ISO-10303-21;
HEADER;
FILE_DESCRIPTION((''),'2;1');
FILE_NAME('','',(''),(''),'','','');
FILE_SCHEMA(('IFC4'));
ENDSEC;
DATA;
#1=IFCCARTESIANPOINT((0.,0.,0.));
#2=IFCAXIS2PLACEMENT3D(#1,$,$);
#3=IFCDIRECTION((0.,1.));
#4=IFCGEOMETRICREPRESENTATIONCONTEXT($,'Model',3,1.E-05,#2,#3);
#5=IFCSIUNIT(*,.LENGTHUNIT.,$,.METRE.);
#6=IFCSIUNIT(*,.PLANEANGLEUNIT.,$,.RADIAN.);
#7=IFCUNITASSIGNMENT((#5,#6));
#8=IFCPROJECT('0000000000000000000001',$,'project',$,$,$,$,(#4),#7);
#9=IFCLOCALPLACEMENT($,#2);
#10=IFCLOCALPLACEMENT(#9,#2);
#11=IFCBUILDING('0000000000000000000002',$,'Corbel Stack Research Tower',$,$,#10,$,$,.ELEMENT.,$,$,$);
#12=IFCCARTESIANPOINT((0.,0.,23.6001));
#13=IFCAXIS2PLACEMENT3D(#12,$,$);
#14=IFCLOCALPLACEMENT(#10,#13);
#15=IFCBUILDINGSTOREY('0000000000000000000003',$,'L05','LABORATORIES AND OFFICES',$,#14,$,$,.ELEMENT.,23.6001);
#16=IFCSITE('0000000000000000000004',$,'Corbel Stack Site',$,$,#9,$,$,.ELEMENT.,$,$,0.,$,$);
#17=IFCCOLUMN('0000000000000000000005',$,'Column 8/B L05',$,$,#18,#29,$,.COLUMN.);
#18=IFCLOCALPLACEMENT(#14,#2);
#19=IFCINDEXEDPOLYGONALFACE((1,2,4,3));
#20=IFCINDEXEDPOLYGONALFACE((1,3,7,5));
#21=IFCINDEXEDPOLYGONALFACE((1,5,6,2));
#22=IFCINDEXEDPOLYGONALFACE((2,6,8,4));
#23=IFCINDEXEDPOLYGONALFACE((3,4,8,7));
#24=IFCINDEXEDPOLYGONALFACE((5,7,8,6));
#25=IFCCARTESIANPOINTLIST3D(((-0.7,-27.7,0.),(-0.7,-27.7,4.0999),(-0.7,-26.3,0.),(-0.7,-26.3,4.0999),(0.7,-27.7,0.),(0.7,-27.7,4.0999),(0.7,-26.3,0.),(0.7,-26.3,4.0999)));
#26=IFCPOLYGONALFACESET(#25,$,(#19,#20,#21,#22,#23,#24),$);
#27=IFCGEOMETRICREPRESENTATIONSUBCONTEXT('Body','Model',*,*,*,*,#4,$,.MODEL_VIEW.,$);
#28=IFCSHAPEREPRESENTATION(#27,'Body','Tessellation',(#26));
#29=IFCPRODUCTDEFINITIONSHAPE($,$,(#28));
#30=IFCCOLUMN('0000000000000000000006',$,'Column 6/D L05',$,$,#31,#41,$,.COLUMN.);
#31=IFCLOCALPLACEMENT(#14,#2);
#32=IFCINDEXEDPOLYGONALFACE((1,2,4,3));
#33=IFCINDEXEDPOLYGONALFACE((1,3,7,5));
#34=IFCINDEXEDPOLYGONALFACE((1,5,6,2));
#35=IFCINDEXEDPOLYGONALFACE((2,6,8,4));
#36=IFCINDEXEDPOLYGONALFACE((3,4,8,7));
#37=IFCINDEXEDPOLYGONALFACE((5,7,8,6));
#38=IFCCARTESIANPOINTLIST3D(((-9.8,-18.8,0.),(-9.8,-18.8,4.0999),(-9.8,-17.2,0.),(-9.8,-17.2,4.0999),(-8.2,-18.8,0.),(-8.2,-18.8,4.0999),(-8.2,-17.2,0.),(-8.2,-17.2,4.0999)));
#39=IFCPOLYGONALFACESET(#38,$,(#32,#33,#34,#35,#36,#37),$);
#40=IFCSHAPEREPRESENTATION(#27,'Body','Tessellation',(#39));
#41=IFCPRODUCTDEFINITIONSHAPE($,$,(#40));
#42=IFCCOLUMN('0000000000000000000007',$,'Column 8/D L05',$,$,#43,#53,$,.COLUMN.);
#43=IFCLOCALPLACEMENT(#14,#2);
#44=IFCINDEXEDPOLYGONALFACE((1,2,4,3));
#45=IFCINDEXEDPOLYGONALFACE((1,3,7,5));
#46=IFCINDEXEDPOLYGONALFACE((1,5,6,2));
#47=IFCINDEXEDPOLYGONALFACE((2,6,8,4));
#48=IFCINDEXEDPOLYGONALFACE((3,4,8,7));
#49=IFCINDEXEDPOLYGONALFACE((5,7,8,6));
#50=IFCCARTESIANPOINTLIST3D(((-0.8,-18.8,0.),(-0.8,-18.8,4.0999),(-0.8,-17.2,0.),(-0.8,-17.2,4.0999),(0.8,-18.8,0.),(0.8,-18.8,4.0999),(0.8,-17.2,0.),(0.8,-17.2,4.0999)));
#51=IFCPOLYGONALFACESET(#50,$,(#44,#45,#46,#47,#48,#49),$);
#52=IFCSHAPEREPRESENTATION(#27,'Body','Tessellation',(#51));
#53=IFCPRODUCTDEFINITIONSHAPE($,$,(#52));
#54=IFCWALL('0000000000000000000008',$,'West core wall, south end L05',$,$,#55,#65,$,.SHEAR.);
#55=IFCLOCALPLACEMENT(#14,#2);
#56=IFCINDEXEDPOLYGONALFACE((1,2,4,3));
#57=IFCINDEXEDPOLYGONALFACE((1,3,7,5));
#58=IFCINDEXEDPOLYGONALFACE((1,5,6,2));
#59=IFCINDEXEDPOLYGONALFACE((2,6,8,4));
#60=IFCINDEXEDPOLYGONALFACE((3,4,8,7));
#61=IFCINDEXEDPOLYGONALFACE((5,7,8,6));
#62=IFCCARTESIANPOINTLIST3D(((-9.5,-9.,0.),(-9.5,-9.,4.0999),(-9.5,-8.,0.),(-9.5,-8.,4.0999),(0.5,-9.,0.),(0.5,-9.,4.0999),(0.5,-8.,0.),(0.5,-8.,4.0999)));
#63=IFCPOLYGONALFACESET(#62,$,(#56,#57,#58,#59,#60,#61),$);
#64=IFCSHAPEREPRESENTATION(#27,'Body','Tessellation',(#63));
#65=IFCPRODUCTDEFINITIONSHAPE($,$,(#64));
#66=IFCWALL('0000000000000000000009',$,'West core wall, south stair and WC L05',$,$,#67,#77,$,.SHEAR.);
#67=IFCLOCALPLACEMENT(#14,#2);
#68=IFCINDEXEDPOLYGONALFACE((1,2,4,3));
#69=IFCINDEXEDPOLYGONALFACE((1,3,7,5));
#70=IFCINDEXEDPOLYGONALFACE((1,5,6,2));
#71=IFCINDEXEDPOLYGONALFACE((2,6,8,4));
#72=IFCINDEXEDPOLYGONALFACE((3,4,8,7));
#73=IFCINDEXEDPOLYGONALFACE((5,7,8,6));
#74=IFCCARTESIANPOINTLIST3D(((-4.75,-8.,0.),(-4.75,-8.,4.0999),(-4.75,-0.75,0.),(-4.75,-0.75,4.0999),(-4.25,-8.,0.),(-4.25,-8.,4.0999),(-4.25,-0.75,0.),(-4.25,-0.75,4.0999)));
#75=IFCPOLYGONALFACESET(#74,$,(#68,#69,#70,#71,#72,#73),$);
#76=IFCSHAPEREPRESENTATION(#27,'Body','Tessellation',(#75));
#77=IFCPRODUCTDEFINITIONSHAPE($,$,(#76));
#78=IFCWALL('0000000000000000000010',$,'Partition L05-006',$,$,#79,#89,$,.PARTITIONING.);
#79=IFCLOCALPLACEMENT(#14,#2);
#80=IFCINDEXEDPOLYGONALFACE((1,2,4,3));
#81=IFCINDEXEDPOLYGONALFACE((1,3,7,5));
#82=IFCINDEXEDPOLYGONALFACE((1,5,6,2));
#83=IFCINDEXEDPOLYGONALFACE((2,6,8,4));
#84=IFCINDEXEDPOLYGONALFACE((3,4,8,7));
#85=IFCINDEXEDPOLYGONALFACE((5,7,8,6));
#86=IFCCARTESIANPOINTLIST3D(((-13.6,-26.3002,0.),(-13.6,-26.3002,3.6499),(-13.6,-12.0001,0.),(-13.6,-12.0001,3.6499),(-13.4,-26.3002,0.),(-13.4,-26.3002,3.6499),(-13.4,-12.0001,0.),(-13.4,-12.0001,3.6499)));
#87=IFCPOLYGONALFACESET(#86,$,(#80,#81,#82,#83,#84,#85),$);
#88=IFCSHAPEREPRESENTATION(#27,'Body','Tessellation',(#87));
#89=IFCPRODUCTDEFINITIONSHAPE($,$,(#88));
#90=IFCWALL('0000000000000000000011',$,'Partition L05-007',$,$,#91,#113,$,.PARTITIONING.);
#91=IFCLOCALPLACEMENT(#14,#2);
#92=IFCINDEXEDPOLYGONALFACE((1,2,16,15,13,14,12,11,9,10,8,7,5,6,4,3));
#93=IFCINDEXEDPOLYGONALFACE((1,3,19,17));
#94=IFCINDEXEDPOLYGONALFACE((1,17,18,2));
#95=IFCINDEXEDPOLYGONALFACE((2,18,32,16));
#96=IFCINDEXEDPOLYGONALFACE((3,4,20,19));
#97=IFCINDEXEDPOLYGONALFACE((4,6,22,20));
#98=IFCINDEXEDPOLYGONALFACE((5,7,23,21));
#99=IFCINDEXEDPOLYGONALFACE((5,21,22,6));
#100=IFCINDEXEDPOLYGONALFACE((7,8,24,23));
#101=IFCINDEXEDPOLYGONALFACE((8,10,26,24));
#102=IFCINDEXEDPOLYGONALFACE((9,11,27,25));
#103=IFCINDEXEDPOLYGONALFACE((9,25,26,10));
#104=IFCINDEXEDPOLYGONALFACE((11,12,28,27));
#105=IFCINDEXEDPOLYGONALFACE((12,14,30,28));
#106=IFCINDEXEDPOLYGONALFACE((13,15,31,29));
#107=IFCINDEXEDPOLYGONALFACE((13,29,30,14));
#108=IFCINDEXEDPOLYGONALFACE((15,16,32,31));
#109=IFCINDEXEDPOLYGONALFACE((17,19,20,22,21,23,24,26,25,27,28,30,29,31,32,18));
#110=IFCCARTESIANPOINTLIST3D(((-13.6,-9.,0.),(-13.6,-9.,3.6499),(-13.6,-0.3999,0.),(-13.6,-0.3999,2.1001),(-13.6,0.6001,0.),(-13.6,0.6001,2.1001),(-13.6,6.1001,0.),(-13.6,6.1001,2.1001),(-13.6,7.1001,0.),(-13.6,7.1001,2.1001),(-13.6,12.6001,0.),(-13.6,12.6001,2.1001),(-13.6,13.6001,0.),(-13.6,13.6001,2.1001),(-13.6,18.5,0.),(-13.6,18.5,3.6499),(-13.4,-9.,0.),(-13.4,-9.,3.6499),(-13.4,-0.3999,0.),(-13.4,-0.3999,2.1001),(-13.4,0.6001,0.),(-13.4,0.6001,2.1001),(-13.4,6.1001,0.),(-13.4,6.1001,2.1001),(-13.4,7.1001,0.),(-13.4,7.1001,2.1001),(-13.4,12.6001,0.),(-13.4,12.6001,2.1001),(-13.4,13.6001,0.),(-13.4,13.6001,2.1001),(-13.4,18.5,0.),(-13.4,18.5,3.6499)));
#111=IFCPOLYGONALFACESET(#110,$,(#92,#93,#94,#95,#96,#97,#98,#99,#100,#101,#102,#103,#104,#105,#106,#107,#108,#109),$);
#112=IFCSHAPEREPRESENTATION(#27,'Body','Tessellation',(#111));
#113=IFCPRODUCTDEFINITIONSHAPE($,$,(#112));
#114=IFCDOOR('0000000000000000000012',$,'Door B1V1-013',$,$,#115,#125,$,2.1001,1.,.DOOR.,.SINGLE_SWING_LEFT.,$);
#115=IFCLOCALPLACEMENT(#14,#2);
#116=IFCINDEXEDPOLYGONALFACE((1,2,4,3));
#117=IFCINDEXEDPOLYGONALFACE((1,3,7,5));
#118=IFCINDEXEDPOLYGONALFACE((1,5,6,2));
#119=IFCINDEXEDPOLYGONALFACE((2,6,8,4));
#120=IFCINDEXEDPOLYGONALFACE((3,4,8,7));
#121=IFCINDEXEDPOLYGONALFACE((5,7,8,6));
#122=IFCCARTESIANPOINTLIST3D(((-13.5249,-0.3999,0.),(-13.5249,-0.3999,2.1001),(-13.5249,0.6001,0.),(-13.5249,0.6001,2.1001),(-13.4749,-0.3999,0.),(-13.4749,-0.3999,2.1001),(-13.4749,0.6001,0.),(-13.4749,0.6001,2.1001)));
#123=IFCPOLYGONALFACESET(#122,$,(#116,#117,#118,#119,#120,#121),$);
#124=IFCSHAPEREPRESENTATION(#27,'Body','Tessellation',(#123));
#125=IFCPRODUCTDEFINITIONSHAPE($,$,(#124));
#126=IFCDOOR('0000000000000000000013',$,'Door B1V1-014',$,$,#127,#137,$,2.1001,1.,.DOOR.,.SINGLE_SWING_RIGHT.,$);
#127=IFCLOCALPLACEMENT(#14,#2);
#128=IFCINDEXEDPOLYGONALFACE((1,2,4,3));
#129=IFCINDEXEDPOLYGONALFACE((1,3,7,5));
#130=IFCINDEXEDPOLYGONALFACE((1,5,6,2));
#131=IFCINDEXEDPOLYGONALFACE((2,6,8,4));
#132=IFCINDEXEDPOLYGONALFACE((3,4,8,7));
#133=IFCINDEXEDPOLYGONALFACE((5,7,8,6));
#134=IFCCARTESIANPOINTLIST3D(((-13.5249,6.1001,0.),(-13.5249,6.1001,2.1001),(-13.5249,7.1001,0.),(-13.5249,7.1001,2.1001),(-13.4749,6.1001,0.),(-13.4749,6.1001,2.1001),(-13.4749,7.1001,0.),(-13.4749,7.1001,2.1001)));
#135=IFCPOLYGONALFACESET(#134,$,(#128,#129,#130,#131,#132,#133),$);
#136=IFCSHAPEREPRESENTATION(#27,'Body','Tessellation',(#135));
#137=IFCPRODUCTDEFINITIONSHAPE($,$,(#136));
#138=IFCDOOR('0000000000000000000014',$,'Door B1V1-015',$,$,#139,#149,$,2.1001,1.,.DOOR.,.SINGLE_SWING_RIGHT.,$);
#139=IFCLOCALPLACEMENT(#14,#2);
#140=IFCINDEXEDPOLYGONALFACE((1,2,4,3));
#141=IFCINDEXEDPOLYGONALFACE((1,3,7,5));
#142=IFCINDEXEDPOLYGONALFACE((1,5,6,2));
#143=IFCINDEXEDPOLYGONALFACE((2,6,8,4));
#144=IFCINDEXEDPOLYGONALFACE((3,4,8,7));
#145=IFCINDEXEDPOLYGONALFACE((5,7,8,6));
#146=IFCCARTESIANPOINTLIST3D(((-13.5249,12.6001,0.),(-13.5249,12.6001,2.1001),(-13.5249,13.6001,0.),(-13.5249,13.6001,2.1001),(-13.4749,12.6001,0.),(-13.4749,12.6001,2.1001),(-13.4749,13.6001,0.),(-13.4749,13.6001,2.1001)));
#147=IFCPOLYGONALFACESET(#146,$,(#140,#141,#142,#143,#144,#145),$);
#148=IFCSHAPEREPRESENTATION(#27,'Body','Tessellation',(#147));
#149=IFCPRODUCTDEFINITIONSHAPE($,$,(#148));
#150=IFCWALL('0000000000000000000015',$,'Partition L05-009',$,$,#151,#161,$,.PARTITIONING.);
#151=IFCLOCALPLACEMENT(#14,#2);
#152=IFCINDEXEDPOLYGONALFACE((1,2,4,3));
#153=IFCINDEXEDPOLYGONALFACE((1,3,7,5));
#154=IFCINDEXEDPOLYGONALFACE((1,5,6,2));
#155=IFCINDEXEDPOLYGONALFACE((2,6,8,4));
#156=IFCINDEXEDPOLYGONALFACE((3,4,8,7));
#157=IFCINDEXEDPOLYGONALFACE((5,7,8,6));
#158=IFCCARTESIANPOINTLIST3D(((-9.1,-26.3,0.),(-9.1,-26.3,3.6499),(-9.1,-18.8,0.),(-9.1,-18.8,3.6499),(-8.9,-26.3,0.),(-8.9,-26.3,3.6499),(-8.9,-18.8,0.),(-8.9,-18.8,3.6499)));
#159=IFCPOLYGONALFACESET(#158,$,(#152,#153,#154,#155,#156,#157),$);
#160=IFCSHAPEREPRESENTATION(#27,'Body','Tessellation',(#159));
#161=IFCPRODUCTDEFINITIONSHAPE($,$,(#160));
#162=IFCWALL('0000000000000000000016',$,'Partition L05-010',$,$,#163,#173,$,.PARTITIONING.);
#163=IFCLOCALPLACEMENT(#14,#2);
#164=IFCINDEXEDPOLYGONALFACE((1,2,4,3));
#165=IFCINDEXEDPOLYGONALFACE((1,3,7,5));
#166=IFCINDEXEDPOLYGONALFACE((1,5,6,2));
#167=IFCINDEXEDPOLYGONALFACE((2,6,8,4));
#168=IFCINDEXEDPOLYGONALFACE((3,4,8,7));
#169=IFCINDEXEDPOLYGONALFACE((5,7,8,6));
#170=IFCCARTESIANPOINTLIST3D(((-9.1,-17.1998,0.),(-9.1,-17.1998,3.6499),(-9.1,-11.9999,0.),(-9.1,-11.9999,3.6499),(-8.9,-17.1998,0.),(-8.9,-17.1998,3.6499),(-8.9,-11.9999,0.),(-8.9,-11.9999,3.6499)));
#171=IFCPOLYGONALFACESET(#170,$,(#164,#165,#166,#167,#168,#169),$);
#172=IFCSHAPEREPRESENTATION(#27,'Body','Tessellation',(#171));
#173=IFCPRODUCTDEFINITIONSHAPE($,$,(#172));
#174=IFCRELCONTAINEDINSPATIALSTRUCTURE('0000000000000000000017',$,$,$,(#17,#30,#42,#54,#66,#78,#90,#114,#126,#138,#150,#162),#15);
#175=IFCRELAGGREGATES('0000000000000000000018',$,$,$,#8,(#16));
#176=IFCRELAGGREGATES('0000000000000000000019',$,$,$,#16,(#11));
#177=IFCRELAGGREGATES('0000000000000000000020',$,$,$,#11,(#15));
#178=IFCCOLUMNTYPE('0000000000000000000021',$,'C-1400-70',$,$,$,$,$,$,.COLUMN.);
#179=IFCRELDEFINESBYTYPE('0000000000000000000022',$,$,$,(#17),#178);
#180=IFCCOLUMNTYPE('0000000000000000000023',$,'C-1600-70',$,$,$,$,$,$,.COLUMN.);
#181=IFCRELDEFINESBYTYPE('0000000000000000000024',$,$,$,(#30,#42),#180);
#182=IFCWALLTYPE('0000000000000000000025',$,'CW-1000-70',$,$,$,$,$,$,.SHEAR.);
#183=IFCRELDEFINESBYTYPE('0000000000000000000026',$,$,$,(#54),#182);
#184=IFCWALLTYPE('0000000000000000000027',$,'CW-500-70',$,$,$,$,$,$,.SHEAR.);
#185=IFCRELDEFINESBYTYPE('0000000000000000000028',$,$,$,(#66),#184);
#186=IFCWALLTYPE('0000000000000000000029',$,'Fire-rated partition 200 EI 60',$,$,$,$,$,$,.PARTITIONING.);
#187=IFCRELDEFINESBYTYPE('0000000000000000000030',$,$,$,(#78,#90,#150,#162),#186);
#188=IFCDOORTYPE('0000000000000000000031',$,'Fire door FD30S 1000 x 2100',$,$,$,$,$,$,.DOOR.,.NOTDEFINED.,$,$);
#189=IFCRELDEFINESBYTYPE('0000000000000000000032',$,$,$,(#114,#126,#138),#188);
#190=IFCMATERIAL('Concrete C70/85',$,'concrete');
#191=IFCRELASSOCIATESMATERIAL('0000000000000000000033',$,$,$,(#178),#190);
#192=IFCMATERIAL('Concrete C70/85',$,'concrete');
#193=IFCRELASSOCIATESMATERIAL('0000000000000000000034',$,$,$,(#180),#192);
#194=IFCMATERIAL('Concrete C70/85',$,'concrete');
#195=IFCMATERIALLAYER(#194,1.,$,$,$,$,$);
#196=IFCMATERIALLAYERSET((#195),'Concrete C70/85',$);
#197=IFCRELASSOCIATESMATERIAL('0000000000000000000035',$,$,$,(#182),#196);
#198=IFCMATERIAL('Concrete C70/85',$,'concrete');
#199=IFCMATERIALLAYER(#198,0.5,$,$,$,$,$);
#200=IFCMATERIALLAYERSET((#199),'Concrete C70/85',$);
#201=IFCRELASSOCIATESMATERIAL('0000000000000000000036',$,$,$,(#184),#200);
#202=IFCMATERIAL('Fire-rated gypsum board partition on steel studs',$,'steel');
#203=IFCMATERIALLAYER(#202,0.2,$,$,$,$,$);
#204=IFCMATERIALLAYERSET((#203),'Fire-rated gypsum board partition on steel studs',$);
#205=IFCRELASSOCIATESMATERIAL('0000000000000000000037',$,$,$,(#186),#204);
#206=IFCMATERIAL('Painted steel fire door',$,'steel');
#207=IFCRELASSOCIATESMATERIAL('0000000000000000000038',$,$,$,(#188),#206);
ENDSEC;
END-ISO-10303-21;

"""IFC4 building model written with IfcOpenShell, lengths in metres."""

from ifc_helpers import new_model, si_unit, direction, frame, frame_2d, origin, origin_2d, place, context, subcontext, project, spatial, rectangle, extrude, material, layer, layer_set, material_profile, profile_set, type_object, element, fill, save


model = new_model("IFC4")

# Units and contexts
model_context = context("Model", 3, precision=1e-05, world=origin(), true_north=direction((0.0, 1.0)))
body_context = subcontext(model_context, "Body", "Model", "MODEL_VIEW")
ifc_project = project(units=[si_unit("LENGTHUNIT", "METRE"), si_unit("PLANEANGLEUNIT", "RADIAN")], contexts=[model_context])

# Site, building, storey
site_placement = place(None, origin())
site = spatial("IfcSite", under=ifc_project, at=site_placement, Name="Corbel Stack Site", CompositionType="ELEMENT", RefElevation=0.0)
building_placement = place(site_placement, origin())
building = spatial("IfcBuilding", under=site, at=building_placement, Name="Corbel Stack Research Tower", CompositionType="ELEMENT")
storey_placement = place(building_placement, frame((0.0, 0.0, 23.6001)))
storey = spatial("IfcBuildingStorey", under=building, at=storey_placement, Name="L05", Description="LABORATORIES AND OFFICES", CompositionType="ELEMENT", Elevation=23.6001)

# Columns
ifc_material_1 = material(Name="Concrete C70/85", Category="concrete")
ifc_material_profile_1 = material_profile(ifc_material_1, rectangle(XDim=1.3999, YDim=1.3999, at=origin_2d()), Name="RC 1400 x 1400")
ifc_profile_set_1 = profile_set([ifc_material_profile_1], Name="Concrete C70/85")
column_type_1 = type_object("IfcColumnType", Name="C-1400-70", PredefinedType="COLUMN", material=ifc_profile_set_1)
column_placement = place(storey_placement, frame((0.0, -27.0, 0.0), z_axis=(0.0, 0.0, 1.0), x_axis=(1.0, 0.0, 0.0)))
element("IfcColumn", 1, at=column_placement, inside=storey, type_object=column_type_1, Name="Column 8/B L05", PredefinedType="COLUMN", context=body_context, shape_type="SweptSolid", body=[
    extrude(rectangle(XDim=1.3999, YDim=1.3999, at=origin_2d()), origin(), (0.0, 0.0, 1.0), 4.0999),
])
ifc_material_2 = material(Name="Concrete C70/85", Category="concrete")
ifc_material_profile_2 = material_profile(ifc_material_2, rectangle(XDim=1.6001, YDim=1.6001, at=origin_2d()), Name="RC 1600 x 1600")
ifc_profile_set_2 = profile_set([ifc_material_profile_2], Name="Concrete C70/85")
column_type_2 = type_object("IfcColumnType", Name="C-1600-70", PredefinedType="COLUMN", material=ifc_profile_set_2)
for number, where, z_axis, x_axis, name in (
    (2, (-9.0, -18.0, 0.0), (0.0, 0.0, 1.0), (1.0, 0.0, 0.0), "Column 6/D L05"),
    (3, (0.0, -18.0, 0.0), (0.0, 0.0, 1.0), (1.0, 0.0, 0.0), "Column 8/D L05"),
):
    element("IfcColumn", number, at=place(storey_placement, frame(where, z_axis=z_axis, x_axis=x_axis)), inside=storey, type_object=column_type_2, Name=name, PredefinedType="COLUMN", context=body_context, shape_type="SweptSolid", body=[
        extrude(rectangle(XDim=1.6001, YDim=1.6001, at=origin_2d()), origin(), (0.0, 0.0, 1.0), 4.0999),
    ])

# Shared definitions
ifc_material_3 = material(Name="Concrete C70/85", Category="concrete")
ifc_layer_1 = layer(ifc_material_3, 1.0)
ifc_layer_set_1 = layer_set([ifc_layer_1], Name="Concrete C70/85")
wall_type_1 = type_object("IfcWallType", Name="CW-1000-70", PredefinedType="SHEAR", material=ifc_layer_set_1)

# Walls
wall_1_placement = place(storey_placement, frame((-9.5, -8.5, 0.0), z_axis=(0.0, 0.0, 1.0), x_axis=(1.0, 0.0, 0.0)))
element("IfcWall", 4, at=wall_1_placement, inside=storey, type_object=wall_type_1, Name="West core wall, south end L05", PredefinedType="SHEAR", context=body_context, shape_type="SweptSolid", body=[
    extrude(rectangle(XDim=10.0, YDim=1.0, at=frame_2d((5.0, 0.0))), origin(), (0.0, 0.0, 1.0), 4.0999),
])
ifc_material_4 = material(Name="Concrete C70/85", Category="concrete")
ifc_layer_2 = layer(ifc_material_4, 0.5)
ifc_layer_set_2 = layer_set([ifc_layer_2], Name="Concrete C70/85")
wall_type_2 = type_object("IfcWallType", Name="CW-500-70", PredefinedType="SHEAR", material=ifc_layer_set_2)
wall_2_placement = place(storey_placement, frame((-4.5, -8.0, 0.0), z_axis=(0.0, 0.0, 1.0), x_axis=(0.0, 1.0, 0.0)))
element("IfcWall", 5, at=wall_2_placement, inside=storey, type_object=wall_type_2, Name="West core wall, south stair and WC L05", PredefinedType="SHEAR", context=body_context, shape_type="SweptSolid", body=[
    extrude(rectangle(XDim=7.25, YDim=0.5, at=frame_2d((3.625, 0.0))), origin(), (0.0, 0.0, 1.0), 4.0999),
])
ifc_material_5 = material(Name="Fire-rated gypsum board partition on steel studs", Category="steel")
ifc_layer_3 = layer(ifc_material_5, 0.2)
ifc_layer_set_3 = layer_set([ifc_layer_3], Name="Fire-rated gypsum board partition on steel studs")
wall_type_3 = type_object("IfcWallType", Name="Fire-rated partition 200 EI 60", PredefinedType="PARTITIONING", material=ifc_layer_set_3)
wall_3_placement = place(storey_placement, frame((-13.5, -26.3, 0.0), z_axis=(0.0, 0.0, 1.0), x_axis=(0.0, 1.0, 0.0)))
element("IfcWall", 6, at=wall_3_placement, inside=storey, type_object=wall_type_3, Name="Partition L05-006", PredefinedType="PARTITIONING", context=body_context, shape_type="SweptSolid", body=[
    extrude(rectangle(XDim=14.3, YDim=0.2, at=frame_2d((7.1499, 0.0))), origin(), (0.0, 0.0, 1.0), 3.6499),
])

# Wall, openings, doors
wall_4_placement = place(storey_placement, frame((-13.5, -9.0, 0.0), z_axis=(0.0, 0.0, 1.0), x_axis=(0.0, 1.0, 0.0)))
wall_4 = element("IfcWall", 7, at=wall_4_placement, inside=storey, type_object=wall_type_3, Name="Partition L05-007", PredefinedType="PARTITIONING", context=body_context, shape_type="SweptSolid", body=[
    extrude(rectangle(XDim=27.5, YDim=0.2, at=frame_2d((13.75, 0.0))), origin(), (0.0, 0.0, 1.0), 3.6499),
])
opening_1_placement = place(wall_4_placement, frame((8.6001, 0.0, 0.0)))
opening_1 = element("IfcOpeningElement", 8, at=opening_1_placement, cuts=wall_4, PredefinedType="OPENING", context=body_context, shape_type="SweptSolid", body=[
    extrude(rectangle(XDim=1.0, YDim=2.1001, at=frame_2d((0.5, 1.05))), frame((0.0, 0.1099, 0.0), z_axis=(0.0, -1.0, 0.0), x_axis=(1.0, 0.0, 0.0)), (0.0, 0.0, 1.0), 0.22),
])
opening_2_placement = place(wall_4_placement, frame((15.1001, 0.0, 0.0)))
opening_2 = element("IfcOpeningElement", 9, at=opening_2_placement, cuts=wall_4, PredefinedType="OPENING", context=body_context, shape_type="SweptSolid", body=[
    extrude(rectangle(XDim=1.0, YDim=2.1001, at=frame_2d((0.5, 1.05))), frame((0.0, 0.1099, 0.0), z_axis=(0.0, -1.0, 0.0), x_axis=(1.0, 0.0, 0.0)), (0.0, 0.0, 1.0), 0.22),
])
opening_3_placement = place(wall_4_placement, frame((21.6001, 0.0, 0.0)))
opening_3 = element("IfcOpeningElement", 10, at=opening_3_placement, cuts=wall_4, PredefinedType="OPENING", context=body_context, shape_type="SweptSolid", body=[
    extrude(rectangle(XDim=1.0, YDim=2.1001, at=frame_2d((0.5, 1.05))), frame((0.0, 0.1099, 0.0), z_axis=(0.0, -1.0, 0.0), x_axis=(1.0, 0.0, 0.0)), (0.0, 0.0, 1.0), 0.22),
])
ifc_material_6 = material(Name="Painted steel fire door", Category="steel")
door_type_1 = type_object("IfcDoorType", Name="Fire door FD30S 1000 x 2100", OperationType="NOTDEFINED", PredefinedType="DOOR", material=ifc_material_6)
door_1_placement = place(opening_1_placement, origin())
door_1 = element("IfcDoor", 11, at=door_1_placement, inside=storey, type_object=door_type_1, Name="Door B1V1-013", OperationType="SINGLE_SWING_LEFT", OverallHeight=2.1001, OverallWidth=1.0, PredefinedType="DOOR", context=body_context, shape_type="SweptSolid", body=[
    extrude(rectangle(XDim=1.0, YDim=2.1001, at=frame_2d((0.5, 1.05))), frame((0.0, 0.0249, 0.0), z_axis=(0.0, -1.0, 0.0), x_axis=(1.0, 0.0, 0.0)), (0.0, 0.0, 1.0), 0.05),
])
fill(opening_1, door_1)
door_2_placement = place(opening_2_placement, origin())
door_2 = element("IfcDoor", 12, at=door_2_placement, inside=storey, type_object=door_type_1, Name="Door B1V1-014", OperationType="SINGLE_SWING_RIGHT", OverallHeight=2.1001, OverallWidth=1.0, PredefinedType="DOOR", context=body_context, shape_type="SweptSolid", body=[
    extrude(rectangle(XDim=1.0, YDim=2.1001, at=frame_2d((0.5, 1.05))), frame((0.0, 0.0249, 0.0), z_axis=(0.0, -1.0, 0.0), x_axis=(1.0, 0.0, 0.0)), (0.0, 0.0, 1.0), 0.05),
])
fill(opening_2, door_2)
door_3_placement = place(opening_3_placement, origin())
door_3 = element("IfcDoor", 13, at=door_3_placement, inside=storey, type_object=door_type_1, Name="Door B1V1-015", OperationType="SINGLE_SWING_RIGHT", OverallHeight=2.1001, OverallWidth=1.0, PredefinedType="DOOR", context=body_context, shape_type="SweptSolid", body=[
    extrude(rectangle(XDim=1.0, YDim=2.1001, at=frame_2d((0.5, 1.05))), frame((0.0, 0.0249, 0.0), z_axis=(0.0, -1.0, 0.0), x_axis=(1.0, 0.0, 0.0)), (0.0, 0.0, 1.0), 0.05),
])
fill(opening_3, door_3)

# Walls
wall_5_placement = place(storey_placement, frame((-9.0, -26.3, 0.0), z_axis=(0.0, 0.0, 1.0), x_axis=(0.0, 1.0, 0.0)))
element("IfcWall", 14, at=wall_5_placement, inside=storey, type_object=wall_type_3, Name="Partition L05-009", PredefinedType="PARTITIONING", context=body_context, shape_type="SweptSolid", body=[
    extrude(rectangle(XDim=7.5, YDim=0.2, at=frame_2d((3.75, 0.0))), origin(), (0.0, 0.0, 1.0), 3.6499),
])
wall_6_placement = place(storey_placement, frame((-9.0, -17.2, 0.0), z_axis=(0.0, 0.0, 1.0), x_axis=(0.0, 1.0, 0.0)))
element("IfcWall", 15, at=wall_6_placement, inside=storey, type_object=wall_type_3, Name="Partition L05-010", PredefinedType="PARTITIONING", context=body_context, shape_type="SweptSolid", body=[
    extrude(rectangle(XDim=5.2, YDim=0.2, at=frame_2d((2.6001, 0.0))), origin(), (0.0, 0.0, 1.0), 3.6499),
])

save(model, "model.ifc")
